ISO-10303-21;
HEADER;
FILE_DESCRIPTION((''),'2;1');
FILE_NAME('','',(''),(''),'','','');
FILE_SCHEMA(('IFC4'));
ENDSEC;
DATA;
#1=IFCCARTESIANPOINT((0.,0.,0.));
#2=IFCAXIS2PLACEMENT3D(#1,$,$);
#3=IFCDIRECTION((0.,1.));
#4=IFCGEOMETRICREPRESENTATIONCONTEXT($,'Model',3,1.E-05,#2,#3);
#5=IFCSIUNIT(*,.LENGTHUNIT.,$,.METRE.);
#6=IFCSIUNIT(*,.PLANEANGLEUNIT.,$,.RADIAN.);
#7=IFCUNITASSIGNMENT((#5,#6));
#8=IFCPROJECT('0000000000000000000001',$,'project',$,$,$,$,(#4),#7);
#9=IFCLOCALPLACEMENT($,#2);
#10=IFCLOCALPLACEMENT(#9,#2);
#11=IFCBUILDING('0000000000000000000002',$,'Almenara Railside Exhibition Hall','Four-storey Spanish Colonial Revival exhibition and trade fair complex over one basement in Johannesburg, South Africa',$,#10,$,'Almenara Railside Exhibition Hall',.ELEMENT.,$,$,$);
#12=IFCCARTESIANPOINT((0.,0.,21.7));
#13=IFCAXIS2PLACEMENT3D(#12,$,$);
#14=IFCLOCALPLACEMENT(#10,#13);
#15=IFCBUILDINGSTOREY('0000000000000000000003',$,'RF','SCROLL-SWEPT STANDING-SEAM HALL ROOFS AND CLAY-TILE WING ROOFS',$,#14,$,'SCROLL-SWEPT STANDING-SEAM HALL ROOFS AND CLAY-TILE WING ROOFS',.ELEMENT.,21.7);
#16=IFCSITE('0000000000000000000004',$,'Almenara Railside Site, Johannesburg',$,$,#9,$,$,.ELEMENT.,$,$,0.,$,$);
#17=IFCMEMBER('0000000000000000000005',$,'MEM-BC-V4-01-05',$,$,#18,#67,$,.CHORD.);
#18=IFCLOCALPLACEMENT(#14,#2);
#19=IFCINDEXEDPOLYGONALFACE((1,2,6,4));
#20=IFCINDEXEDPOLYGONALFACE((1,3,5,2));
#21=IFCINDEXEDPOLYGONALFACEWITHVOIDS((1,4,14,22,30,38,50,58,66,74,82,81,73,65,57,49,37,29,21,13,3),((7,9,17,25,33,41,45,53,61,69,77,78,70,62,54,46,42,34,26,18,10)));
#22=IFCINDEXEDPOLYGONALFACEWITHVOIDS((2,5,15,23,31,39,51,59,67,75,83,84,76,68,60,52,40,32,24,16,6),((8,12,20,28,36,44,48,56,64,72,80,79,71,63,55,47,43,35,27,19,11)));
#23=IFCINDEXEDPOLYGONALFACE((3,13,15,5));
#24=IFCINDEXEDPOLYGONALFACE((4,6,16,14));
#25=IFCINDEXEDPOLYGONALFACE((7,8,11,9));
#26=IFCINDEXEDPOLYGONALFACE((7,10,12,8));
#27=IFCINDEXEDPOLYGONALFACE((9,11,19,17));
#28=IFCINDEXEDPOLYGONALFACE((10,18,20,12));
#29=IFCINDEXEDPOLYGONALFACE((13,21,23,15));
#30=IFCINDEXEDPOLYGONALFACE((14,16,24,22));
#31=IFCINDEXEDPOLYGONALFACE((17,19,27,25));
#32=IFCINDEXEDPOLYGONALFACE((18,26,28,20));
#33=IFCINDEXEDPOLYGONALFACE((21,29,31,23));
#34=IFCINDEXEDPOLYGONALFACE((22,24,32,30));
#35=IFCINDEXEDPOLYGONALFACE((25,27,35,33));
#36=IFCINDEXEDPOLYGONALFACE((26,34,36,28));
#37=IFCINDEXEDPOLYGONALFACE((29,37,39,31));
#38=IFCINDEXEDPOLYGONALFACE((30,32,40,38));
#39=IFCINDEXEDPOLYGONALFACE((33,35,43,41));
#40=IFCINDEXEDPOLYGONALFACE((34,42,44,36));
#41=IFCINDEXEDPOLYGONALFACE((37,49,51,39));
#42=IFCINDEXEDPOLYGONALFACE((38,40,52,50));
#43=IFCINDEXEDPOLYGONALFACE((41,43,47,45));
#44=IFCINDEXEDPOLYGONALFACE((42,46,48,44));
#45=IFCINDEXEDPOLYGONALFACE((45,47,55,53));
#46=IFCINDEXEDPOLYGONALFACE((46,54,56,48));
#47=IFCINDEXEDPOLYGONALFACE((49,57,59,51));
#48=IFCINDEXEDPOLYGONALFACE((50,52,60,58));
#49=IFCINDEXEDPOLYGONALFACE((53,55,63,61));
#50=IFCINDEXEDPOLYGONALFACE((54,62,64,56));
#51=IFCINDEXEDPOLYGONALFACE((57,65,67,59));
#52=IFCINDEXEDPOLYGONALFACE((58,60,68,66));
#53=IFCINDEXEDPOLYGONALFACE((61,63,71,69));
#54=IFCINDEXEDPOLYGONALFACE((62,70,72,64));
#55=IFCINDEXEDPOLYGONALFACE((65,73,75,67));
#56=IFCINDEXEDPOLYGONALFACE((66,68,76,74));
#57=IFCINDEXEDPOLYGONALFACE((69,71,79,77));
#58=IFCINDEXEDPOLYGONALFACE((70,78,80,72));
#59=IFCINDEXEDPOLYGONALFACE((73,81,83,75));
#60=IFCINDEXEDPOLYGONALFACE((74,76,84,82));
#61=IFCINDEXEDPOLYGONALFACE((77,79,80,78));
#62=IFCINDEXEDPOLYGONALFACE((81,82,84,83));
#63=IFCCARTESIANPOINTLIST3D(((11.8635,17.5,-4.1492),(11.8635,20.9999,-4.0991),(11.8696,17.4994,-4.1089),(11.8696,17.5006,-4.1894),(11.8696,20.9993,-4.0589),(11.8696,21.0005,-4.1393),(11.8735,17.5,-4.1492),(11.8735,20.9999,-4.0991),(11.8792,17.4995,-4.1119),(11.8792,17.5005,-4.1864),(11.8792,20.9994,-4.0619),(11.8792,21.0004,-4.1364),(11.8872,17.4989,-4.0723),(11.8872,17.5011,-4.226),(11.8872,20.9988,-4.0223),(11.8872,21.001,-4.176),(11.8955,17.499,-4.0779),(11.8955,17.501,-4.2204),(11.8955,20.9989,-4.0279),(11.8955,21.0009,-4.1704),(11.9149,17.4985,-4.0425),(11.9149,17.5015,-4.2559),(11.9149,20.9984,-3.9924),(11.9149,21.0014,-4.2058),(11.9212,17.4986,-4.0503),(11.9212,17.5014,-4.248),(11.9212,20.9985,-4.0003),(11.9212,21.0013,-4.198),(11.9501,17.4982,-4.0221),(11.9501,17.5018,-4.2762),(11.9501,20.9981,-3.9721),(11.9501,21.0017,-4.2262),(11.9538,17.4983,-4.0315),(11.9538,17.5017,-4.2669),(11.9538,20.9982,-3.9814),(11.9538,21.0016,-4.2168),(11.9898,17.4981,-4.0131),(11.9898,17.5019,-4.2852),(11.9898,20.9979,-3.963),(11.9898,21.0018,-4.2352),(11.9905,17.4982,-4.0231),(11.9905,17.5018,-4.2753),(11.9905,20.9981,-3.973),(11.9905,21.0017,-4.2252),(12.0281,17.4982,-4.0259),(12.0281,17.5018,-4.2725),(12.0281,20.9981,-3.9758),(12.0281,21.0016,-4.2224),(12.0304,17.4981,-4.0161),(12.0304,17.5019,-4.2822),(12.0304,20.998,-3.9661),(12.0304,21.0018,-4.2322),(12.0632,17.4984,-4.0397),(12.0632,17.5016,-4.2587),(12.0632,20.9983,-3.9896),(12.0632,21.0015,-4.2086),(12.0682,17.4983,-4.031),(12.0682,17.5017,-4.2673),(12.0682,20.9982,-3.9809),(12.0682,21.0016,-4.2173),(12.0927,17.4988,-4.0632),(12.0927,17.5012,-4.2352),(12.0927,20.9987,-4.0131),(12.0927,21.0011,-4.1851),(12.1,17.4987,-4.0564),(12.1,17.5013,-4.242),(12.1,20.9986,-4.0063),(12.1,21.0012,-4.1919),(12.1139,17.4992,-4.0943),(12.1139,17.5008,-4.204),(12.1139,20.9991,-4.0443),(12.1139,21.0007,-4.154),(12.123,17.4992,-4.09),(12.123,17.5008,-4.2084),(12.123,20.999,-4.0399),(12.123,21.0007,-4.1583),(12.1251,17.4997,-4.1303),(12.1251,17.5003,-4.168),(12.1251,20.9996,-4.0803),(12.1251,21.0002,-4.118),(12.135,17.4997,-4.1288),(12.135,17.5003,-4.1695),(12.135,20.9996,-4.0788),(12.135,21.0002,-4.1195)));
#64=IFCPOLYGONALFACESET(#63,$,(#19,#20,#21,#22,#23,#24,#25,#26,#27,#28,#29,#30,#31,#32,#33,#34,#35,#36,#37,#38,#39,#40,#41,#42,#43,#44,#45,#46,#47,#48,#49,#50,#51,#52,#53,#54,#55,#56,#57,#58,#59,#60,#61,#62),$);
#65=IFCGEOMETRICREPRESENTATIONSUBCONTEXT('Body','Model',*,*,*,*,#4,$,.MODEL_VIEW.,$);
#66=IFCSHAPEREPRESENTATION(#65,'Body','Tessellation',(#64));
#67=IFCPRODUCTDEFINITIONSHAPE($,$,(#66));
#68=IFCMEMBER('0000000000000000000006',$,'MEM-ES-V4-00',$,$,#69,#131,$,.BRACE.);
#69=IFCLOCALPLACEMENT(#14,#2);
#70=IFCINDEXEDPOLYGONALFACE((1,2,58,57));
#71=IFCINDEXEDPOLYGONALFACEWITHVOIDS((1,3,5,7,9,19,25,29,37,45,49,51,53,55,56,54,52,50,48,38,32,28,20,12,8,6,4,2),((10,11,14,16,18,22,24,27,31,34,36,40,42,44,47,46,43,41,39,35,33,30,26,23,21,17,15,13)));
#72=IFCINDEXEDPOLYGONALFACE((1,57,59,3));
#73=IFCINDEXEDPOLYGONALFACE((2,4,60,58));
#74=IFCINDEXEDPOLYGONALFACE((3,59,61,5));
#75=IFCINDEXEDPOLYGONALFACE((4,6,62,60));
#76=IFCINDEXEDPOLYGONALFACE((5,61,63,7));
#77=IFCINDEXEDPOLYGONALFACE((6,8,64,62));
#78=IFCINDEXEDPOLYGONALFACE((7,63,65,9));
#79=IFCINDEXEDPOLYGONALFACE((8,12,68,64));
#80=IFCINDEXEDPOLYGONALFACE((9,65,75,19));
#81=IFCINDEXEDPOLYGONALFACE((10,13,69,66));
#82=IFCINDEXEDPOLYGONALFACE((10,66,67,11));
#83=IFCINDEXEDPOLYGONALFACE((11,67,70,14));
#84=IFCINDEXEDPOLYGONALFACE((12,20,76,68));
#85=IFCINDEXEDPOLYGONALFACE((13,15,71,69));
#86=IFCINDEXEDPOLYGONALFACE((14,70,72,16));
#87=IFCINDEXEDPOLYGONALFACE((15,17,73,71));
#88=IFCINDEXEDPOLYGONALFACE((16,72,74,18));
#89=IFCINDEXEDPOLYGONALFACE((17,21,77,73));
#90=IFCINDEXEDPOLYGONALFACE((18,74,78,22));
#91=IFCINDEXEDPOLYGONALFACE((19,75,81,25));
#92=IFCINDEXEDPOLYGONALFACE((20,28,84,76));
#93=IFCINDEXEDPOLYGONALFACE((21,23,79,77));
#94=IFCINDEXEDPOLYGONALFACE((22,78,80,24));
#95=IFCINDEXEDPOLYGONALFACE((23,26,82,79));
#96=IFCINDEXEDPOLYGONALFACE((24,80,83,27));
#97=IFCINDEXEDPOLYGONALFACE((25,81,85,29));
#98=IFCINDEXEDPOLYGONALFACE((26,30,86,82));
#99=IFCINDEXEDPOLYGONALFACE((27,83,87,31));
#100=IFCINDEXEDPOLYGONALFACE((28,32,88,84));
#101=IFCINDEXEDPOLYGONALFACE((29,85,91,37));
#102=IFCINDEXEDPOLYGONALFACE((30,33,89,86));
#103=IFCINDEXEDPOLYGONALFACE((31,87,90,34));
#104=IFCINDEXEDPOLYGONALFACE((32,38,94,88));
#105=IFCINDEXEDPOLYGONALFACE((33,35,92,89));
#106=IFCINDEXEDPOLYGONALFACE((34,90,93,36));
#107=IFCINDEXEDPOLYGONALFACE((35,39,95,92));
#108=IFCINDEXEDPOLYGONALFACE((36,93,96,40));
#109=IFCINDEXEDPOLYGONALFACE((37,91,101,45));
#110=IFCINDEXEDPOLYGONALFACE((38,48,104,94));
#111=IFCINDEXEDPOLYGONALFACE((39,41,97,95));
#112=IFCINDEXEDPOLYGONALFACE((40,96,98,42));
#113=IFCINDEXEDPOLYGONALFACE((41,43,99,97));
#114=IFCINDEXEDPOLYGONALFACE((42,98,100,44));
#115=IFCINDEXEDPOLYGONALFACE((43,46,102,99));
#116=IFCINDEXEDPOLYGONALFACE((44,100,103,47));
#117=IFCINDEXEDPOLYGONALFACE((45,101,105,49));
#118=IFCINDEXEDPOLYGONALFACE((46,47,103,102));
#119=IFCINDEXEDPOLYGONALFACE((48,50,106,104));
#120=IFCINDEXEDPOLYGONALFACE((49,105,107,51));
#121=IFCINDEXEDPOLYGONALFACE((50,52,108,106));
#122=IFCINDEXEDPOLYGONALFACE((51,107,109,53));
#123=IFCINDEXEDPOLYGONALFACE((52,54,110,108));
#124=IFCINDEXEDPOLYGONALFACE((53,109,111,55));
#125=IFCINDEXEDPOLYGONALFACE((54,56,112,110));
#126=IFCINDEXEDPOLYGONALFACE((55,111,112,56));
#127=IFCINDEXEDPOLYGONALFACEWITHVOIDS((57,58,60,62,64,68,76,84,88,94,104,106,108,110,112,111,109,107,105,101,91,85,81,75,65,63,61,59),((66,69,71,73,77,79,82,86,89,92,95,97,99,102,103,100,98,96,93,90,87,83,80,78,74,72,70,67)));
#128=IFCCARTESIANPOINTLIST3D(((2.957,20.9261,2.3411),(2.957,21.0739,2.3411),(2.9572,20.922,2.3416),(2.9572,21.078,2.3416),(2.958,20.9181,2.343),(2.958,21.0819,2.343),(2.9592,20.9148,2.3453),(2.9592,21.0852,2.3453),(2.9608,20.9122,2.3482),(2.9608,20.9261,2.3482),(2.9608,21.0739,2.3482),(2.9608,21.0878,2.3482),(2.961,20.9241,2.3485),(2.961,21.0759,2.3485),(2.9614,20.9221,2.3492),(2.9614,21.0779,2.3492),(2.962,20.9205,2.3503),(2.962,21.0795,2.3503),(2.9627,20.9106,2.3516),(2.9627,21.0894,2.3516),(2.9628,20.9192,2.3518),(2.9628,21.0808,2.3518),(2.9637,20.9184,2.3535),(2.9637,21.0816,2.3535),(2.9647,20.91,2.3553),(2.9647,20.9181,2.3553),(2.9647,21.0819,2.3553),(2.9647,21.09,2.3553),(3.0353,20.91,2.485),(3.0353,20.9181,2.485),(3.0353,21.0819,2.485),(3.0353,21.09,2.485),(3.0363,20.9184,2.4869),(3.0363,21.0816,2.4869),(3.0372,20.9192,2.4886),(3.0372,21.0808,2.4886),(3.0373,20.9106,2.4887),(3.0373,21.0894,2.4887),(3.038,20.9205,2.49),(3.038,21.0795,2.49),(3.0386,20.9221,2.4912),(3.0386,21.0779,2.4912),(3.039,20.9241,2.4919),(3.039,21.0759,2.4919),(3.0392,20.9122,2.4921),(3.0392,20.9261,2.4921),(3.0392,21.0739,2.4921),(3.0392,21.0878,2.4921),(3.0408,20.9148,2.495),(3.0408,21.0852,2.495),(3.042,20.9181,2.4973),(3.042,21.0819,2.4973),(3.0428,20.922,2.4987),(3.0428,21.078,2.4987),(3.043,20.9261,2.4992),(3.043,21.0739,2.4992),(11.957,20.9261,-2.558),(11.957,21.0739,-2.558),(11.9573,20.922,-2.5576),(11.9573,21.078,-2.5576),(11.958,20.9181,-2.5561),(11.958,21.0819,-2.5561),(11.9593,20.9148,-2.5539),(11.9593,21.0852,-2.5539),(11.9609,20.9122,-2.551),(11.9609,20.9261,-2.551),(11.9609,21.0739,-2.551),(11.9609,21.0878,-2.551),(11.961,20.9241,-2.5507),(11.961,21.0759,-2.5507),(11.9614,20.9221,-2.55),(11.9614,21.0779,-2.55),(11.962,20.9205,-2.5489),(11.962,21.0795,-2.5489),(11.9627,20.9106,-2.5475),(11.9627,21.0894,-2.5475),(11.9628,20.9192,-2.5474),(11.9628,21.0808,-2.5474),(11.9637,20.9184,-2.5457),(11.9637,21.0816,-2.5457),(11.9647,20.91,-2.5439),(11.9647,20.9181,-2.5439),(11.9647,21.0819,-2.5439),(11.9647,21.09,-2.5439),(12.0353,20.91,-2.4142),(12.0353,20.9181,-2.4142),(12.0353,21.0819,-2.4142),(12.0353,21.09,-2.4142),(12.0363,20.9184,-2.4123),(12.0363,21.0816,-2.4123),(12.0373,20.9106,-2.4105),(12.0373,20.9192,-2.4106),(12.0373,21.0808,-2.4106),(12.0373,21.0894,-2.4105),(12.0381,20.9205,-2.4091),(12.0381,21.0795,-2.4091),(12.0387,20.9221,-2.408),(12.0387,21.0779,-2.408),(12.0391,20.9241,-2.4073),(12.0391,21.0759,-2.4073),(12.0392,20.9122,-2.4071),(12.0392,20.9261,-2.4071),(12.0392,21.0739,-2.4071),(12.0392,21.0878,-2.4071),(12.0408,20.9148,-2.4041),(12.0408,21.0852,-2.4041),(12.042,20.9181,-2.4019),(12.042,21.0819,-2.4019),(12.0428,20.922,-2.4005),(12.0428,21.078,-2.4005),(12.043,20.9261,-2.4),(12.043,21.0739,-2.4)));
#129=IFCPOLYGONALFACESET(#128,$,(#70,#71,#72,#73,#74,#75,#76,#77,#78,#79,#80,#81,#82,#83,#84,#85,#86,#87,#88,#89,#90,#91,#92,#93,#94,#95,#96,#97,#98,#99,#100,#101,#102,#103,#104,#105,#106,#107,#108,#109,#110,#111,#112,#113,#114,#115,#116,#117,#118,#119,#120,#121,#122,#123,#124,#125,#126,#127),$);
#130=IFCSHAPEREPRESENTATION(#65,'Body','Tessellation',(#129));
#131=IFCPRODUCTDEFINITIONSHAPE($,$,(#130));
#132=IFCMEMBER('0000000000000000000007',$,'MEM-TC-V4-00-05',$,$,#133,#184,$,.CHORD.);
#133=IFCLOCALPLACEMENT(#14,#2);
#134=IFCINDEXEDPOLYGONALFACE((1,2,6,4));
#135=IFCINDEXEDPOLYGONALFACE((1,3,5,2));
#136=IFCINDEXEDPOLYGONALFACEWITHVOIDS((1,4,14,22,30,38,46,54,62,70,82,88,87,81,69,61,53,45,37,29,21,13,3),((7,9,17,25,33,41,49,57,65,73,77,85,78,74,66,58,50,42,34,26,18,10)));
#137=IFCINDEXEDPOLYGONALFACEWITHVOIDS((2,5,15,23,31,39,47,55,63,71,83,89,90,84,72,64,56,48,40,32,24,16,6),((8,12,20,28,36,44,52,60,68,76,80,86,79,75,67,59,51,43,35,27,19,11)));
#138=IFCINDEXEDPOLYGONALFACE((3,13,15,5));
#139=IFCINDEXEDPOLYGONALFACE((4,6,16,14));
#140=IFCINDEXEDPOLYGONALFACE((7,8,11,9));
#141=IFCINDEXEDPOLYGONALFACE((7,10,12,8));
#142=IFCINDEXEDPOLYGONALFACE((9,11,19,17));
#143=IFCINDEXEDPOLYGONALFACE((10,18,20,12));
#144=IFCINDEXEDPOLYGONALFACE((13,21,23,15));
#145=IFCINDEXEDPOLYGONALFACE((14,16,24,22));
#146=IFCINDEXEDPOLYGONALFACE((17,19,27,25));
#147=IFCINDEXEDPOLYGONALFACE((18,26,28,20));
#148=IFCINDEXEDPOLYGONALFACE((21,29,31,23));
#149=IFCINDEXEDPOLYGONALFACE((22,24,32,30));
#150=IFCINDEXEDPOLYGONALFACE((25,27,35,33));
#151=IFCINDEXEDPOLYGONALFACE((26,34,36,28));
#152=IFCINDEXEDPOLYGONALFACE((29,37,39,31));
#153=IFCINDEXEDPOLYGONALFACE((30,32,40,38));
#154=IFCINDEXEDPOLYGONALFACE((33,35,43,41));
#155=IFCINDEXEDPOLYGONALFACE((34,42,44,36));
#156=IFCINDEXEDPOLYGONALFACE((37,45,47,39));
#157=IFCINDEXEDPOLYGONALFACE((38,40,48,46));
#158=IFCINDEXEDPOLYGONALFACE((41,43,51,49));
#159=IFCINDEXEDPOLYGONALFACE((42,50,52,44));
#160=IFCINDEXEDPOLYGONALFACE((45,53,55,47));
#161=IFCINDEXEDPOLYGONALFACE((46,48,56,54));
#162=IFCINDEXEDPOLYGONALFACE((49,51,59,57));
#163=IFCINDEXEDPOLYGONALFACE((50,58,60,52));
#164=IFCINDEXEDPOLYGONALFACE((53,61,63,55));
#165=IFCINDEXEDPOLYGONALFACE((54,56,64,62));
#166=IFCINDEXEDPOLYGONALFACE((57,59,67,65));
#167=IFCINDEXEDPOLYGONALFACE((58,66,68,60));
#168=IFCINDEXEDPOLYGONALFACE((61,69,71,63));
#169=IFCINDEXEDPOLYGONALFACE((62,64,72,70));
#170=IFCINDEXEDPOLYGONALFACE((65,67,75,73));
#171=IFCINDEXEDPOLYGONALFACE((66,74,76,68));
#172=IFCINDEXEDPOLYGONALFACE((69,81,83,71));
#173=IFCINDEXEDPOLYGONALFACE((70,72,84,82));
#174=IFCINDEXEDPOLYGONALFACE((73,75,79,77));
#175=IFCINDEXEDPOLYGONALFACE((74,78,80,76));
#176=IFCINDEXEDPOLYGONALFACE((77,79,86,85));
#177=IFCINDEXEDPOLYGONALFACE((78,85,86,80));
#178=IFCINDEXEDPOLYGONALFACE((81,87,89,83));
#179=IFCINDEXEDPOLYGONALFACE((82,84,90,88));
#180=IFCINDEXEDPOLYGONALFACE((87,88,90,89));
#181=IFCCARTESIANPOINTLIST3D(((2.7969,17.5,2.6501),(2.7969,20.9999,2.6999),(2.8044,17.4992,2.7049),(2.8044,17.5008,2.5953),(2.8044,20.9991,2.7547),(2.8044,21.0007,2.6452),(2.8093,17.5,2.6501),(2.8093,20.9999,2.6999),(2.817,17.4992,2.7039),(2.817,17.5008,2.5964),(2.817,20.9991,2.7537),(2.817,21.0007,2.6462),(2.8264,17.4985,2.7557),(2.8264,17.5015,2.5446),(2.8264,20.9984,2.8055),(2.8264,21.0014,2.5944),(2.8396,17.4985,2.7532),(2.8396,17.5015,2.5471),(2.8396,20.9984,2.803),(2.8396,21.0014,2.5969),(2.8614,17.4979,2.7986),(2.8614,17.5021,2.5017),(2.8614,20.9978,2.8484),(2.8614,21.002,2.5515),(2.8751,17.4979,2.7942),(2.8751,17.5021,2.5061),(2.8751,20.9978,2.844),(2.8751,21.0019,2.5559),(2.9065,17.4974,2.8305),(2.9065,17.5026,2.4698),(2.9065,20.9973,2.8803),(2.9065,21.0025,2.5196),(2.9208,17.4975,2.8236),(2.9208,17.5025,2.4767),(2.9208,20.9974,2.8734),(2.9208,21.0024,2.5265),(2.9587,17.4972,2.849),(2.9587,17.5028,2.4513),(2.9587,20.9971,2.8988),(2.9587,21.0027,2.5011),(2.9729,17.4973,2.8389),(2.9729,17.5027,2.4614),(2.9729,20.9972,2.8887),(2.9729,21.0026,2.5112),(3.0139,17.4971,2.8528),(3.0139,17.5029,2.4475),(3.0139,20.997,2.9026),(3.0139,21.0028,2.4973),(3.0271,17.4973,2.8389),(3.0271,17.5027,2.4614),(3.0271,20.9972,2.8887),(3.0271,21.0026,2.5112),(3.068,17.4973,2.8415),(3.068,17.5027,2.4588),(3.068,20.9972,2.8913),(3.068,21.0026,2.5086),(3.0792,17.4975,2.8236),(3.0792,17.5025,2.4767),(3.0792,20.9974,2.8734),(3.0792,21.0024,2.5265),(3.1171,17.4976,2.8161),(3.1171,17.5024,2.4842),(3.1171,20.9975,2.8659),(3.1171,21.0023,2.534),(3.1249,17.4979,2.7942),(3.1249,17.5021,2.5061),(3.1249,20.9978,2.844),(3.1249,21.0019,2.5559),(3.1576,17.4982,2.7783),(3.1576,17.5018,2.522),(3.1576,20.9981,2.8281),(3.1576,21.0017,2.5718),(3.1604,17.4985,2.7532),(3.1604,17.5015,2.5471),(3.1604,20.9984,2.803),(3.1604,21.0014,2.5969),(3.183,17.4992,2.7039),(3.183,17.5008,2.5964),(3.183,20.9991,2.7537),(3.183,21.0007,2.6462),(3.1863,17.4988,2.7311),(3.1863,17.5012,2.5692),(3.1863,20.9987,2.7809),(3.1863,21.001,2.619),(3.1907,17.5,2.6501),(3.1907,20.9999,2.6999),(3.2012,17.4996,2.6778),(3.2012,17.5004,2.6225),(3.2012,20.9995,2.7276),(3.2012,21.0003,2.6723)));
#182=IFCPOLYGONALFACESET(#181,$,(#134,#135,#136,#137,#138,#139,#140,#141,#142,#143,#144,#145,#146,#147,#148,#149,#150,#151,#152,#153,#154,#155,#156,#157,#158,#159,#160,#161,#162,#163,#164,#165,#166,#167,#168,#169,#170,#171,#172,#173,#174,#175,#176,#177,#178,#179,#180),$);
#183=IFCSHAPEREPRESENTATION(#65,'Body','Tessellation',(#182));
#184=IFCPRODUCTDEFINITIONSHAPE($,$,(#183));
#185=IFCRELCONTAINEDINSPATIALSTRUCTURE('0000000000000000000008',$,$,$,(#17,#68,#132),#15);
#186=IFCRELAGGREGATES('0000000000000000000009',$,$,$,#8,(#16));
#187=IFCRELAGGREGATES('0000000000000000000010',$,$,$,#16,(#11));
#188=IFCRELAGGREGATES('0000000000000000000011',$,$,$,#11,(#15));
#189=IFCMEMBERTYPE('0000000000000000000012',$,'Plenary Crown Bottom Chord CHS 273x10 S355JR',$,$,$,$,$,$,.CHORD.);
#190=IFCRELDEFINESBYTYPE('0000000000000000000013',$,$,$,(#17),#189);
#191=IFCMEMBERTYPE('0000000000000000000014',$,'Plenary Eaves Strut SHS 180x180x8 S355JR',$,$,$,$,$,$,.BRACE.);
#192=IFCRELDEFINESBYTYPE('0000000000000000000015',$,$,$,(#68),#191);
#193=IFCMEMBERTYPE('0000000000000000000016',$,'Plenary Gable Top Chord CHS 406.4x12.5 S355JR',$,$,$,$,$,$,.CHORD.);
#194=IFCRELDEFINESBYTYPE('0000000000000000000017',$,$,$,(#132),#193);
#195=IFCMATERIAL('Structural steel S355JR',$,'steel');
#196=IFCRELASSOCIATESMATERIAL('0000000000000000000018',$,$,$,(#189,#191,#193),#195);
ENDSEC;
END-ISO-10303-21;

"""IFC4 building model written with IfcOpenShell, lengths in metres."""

from ifc_helpers import new_model, si_unit, direction, frame, origin, origin_2d, place, context, subcontext, project, spatial, hollow_rectangle, hollow_circle, extrude, material, material_profile, profile_set, type_object, element, save


model = new_model("IFC4")

# Units and contexts
model_context = context("Model", 3, precision=1e-05, world=origin(), true_north=direction((0.0, 1.0)))
body_context = subcontext(model_context, "Body", "Model", "MODEL_VIEW")
ifc_project = project(units=[si_unit("LENGTHUNIT", "METRE"), si_unit("PLANEANGLEUNIT", "RADIAN")], contexts=[model_context])

# Site, building, storey
site_placement = place(None, origin())
site = spatial("IfcSite", under=ifc_project, at=site_placement, Name="Almenara Railside Site, Johannesburg", CompositionType="ELEMENT", RefElevation=0.0)
building_placement = place(site_placement, origin())
building = spatial("IfcBuilding", under=site, at=building_placement, Name="Almenara Railside Exhibition Hall", Description="Four-storey Spanish Colonial Revival exhibition and trade fair complex over one basement in Johannesburg, South Africa", LongName="Almenara Railside Exhibition Hall", CompositionType="ELEMENT")
storey_placement = place(building_placement, frame((0.0, 0.0, 21.7)))
storey = spatial("IfcBuildingStorey", under=building, at=storey_placement, Name="RF", Description="SCROLL-SWEPT STANDING-SEAM HALL ROOFS AND CLAY-TILE WING ROOFS", LongName="SCROLL-SWEPT STANDING-SEAM HALL ROOFS AND CLAY-TILE WING ROOFS", CompositionType="ELEMENT", Elevation=21.7)

# Members
ifc_material_1 = material(Name="Structural steel S355JR", Category="steel")
ifc_material_profile_1 = material_profile(ifc_material_1, hollow_circle(Radius=0.1365, WallThickness=0.01, at=origin_2d()), Name="CHS 273x10")
ifc_profile_set_1 = profile_set([ifc_material_profile_1], Name="Structural steel S355JR")
member_type_1 = type_object("IfcMemberType", Name="Plenary Crown Bottom Chord CHS 273x10 S355JR", PredefinedType="CHORD", material=ifc_profile_set_1)
for number, where, z_axis, x_axis, name in (
    (1, (12.0, 17.5, -4.1492), (0.0, 0.999898, 0.014298), (-1.0, 0.0, 0.0), "MEM-BC-V4-01-05"),
):
    element("IfcMember", number, at=place(storey_placement, frame(where, z_axis=z_axis, x_axis=x_axis)), inside=storey, type_object=member_type_1, Name=name, PredefinedType="CHORD", context=body_context, shape_type="SweptSolid", body=[
        extrude(hollow_circle(Radius=0.1365, WallThickness=0.01, at=origin_2d()), origin(), (0.0, 0.0, 1.0), 3.5002),
    ])
ifc_material_profile_2 = material_profile(ifc_material_1, hollow_rectangle(XDim=0.1799, YDim=0.1799, WallThickness=0.0081, InnerFilletRadius=0.0081, OuterFilletRadius=0.0161, at=origin_2d()), Name="SHS 180x180x8")
ifc_profile_set_2 = profile_set([ifc_material_profile_2], Name="Structural steel S355JR")
member_type_2 = type_object("IfcMemberType", Name="Plenary Eaves Strut SHS 180x180x8 S355JR", PredefinedType="BRACE", material=ifc_profile_set_2)
member_1_placement = place(storey_placement, frame((3.0, 21.0, 2.4202), z_axis=(0.878302, 0.0, -0.478106), x_axis=(0.0, 1.0, 0.0)))
element("IfcMember", 2, at=member_1_placement, inside=storey, type_object=member_type_2, Name="MEM-ES-V4-00", PredefinedType="BRACE", context=body_context, shape_type="SweptSolid", body=[
    extrude(hollow_rectangle(XDim=0.1799, YDim=0.1799, WallThickness=0.0081, InnerFilletRadius=0.0081, OuterFilletRadius=0.0161, at=origin_2d()), origin(), (0.0, 0.0, 1.0), 10.2471),
])
ifc_material_profile_3 = material_profile(ifc_material_1, hollow_circle(Radius=0.2031, WallThickness=0.0125, at=origin_2d()), Name="CHS 406.4x12.5")
ifc_profile_set_3 = profile_set([ifc_material_profile_3], Name="Structural steel S355JR")
member_type_3 = type_object("IfcMemberType", Name="Plenary Gable Top Chord CHS 406.4x12.5 S355JR", PredefinedType="CHORD", material=ifc_profile_set_3)
for number, where, z_axis, x_axis, name in (
    (3, (3.0, 17.5, 2.6501), (0.0, 0.999899, 0.014228), (-1.0, 0.0, 0.0), "MEM-TC-V4-00-05"),
):
    element("IfcMember", number, at=place(storey_placement, frame(where, z_axis=z_axis, x_axis=x_axis)), inside=storey, type_object=member_type_3, Name=name, PredefinedType="CHORD", context=body_context, shape_type="SweptSolid", body=[
        extrude(hollow_circle(Radius=0.2031, WallThickness=0.0125, at=origin_2d()), origin(), (0.0, 0.0, 1.0), 3.5002),
    ])

save(model, "model.ifc")
